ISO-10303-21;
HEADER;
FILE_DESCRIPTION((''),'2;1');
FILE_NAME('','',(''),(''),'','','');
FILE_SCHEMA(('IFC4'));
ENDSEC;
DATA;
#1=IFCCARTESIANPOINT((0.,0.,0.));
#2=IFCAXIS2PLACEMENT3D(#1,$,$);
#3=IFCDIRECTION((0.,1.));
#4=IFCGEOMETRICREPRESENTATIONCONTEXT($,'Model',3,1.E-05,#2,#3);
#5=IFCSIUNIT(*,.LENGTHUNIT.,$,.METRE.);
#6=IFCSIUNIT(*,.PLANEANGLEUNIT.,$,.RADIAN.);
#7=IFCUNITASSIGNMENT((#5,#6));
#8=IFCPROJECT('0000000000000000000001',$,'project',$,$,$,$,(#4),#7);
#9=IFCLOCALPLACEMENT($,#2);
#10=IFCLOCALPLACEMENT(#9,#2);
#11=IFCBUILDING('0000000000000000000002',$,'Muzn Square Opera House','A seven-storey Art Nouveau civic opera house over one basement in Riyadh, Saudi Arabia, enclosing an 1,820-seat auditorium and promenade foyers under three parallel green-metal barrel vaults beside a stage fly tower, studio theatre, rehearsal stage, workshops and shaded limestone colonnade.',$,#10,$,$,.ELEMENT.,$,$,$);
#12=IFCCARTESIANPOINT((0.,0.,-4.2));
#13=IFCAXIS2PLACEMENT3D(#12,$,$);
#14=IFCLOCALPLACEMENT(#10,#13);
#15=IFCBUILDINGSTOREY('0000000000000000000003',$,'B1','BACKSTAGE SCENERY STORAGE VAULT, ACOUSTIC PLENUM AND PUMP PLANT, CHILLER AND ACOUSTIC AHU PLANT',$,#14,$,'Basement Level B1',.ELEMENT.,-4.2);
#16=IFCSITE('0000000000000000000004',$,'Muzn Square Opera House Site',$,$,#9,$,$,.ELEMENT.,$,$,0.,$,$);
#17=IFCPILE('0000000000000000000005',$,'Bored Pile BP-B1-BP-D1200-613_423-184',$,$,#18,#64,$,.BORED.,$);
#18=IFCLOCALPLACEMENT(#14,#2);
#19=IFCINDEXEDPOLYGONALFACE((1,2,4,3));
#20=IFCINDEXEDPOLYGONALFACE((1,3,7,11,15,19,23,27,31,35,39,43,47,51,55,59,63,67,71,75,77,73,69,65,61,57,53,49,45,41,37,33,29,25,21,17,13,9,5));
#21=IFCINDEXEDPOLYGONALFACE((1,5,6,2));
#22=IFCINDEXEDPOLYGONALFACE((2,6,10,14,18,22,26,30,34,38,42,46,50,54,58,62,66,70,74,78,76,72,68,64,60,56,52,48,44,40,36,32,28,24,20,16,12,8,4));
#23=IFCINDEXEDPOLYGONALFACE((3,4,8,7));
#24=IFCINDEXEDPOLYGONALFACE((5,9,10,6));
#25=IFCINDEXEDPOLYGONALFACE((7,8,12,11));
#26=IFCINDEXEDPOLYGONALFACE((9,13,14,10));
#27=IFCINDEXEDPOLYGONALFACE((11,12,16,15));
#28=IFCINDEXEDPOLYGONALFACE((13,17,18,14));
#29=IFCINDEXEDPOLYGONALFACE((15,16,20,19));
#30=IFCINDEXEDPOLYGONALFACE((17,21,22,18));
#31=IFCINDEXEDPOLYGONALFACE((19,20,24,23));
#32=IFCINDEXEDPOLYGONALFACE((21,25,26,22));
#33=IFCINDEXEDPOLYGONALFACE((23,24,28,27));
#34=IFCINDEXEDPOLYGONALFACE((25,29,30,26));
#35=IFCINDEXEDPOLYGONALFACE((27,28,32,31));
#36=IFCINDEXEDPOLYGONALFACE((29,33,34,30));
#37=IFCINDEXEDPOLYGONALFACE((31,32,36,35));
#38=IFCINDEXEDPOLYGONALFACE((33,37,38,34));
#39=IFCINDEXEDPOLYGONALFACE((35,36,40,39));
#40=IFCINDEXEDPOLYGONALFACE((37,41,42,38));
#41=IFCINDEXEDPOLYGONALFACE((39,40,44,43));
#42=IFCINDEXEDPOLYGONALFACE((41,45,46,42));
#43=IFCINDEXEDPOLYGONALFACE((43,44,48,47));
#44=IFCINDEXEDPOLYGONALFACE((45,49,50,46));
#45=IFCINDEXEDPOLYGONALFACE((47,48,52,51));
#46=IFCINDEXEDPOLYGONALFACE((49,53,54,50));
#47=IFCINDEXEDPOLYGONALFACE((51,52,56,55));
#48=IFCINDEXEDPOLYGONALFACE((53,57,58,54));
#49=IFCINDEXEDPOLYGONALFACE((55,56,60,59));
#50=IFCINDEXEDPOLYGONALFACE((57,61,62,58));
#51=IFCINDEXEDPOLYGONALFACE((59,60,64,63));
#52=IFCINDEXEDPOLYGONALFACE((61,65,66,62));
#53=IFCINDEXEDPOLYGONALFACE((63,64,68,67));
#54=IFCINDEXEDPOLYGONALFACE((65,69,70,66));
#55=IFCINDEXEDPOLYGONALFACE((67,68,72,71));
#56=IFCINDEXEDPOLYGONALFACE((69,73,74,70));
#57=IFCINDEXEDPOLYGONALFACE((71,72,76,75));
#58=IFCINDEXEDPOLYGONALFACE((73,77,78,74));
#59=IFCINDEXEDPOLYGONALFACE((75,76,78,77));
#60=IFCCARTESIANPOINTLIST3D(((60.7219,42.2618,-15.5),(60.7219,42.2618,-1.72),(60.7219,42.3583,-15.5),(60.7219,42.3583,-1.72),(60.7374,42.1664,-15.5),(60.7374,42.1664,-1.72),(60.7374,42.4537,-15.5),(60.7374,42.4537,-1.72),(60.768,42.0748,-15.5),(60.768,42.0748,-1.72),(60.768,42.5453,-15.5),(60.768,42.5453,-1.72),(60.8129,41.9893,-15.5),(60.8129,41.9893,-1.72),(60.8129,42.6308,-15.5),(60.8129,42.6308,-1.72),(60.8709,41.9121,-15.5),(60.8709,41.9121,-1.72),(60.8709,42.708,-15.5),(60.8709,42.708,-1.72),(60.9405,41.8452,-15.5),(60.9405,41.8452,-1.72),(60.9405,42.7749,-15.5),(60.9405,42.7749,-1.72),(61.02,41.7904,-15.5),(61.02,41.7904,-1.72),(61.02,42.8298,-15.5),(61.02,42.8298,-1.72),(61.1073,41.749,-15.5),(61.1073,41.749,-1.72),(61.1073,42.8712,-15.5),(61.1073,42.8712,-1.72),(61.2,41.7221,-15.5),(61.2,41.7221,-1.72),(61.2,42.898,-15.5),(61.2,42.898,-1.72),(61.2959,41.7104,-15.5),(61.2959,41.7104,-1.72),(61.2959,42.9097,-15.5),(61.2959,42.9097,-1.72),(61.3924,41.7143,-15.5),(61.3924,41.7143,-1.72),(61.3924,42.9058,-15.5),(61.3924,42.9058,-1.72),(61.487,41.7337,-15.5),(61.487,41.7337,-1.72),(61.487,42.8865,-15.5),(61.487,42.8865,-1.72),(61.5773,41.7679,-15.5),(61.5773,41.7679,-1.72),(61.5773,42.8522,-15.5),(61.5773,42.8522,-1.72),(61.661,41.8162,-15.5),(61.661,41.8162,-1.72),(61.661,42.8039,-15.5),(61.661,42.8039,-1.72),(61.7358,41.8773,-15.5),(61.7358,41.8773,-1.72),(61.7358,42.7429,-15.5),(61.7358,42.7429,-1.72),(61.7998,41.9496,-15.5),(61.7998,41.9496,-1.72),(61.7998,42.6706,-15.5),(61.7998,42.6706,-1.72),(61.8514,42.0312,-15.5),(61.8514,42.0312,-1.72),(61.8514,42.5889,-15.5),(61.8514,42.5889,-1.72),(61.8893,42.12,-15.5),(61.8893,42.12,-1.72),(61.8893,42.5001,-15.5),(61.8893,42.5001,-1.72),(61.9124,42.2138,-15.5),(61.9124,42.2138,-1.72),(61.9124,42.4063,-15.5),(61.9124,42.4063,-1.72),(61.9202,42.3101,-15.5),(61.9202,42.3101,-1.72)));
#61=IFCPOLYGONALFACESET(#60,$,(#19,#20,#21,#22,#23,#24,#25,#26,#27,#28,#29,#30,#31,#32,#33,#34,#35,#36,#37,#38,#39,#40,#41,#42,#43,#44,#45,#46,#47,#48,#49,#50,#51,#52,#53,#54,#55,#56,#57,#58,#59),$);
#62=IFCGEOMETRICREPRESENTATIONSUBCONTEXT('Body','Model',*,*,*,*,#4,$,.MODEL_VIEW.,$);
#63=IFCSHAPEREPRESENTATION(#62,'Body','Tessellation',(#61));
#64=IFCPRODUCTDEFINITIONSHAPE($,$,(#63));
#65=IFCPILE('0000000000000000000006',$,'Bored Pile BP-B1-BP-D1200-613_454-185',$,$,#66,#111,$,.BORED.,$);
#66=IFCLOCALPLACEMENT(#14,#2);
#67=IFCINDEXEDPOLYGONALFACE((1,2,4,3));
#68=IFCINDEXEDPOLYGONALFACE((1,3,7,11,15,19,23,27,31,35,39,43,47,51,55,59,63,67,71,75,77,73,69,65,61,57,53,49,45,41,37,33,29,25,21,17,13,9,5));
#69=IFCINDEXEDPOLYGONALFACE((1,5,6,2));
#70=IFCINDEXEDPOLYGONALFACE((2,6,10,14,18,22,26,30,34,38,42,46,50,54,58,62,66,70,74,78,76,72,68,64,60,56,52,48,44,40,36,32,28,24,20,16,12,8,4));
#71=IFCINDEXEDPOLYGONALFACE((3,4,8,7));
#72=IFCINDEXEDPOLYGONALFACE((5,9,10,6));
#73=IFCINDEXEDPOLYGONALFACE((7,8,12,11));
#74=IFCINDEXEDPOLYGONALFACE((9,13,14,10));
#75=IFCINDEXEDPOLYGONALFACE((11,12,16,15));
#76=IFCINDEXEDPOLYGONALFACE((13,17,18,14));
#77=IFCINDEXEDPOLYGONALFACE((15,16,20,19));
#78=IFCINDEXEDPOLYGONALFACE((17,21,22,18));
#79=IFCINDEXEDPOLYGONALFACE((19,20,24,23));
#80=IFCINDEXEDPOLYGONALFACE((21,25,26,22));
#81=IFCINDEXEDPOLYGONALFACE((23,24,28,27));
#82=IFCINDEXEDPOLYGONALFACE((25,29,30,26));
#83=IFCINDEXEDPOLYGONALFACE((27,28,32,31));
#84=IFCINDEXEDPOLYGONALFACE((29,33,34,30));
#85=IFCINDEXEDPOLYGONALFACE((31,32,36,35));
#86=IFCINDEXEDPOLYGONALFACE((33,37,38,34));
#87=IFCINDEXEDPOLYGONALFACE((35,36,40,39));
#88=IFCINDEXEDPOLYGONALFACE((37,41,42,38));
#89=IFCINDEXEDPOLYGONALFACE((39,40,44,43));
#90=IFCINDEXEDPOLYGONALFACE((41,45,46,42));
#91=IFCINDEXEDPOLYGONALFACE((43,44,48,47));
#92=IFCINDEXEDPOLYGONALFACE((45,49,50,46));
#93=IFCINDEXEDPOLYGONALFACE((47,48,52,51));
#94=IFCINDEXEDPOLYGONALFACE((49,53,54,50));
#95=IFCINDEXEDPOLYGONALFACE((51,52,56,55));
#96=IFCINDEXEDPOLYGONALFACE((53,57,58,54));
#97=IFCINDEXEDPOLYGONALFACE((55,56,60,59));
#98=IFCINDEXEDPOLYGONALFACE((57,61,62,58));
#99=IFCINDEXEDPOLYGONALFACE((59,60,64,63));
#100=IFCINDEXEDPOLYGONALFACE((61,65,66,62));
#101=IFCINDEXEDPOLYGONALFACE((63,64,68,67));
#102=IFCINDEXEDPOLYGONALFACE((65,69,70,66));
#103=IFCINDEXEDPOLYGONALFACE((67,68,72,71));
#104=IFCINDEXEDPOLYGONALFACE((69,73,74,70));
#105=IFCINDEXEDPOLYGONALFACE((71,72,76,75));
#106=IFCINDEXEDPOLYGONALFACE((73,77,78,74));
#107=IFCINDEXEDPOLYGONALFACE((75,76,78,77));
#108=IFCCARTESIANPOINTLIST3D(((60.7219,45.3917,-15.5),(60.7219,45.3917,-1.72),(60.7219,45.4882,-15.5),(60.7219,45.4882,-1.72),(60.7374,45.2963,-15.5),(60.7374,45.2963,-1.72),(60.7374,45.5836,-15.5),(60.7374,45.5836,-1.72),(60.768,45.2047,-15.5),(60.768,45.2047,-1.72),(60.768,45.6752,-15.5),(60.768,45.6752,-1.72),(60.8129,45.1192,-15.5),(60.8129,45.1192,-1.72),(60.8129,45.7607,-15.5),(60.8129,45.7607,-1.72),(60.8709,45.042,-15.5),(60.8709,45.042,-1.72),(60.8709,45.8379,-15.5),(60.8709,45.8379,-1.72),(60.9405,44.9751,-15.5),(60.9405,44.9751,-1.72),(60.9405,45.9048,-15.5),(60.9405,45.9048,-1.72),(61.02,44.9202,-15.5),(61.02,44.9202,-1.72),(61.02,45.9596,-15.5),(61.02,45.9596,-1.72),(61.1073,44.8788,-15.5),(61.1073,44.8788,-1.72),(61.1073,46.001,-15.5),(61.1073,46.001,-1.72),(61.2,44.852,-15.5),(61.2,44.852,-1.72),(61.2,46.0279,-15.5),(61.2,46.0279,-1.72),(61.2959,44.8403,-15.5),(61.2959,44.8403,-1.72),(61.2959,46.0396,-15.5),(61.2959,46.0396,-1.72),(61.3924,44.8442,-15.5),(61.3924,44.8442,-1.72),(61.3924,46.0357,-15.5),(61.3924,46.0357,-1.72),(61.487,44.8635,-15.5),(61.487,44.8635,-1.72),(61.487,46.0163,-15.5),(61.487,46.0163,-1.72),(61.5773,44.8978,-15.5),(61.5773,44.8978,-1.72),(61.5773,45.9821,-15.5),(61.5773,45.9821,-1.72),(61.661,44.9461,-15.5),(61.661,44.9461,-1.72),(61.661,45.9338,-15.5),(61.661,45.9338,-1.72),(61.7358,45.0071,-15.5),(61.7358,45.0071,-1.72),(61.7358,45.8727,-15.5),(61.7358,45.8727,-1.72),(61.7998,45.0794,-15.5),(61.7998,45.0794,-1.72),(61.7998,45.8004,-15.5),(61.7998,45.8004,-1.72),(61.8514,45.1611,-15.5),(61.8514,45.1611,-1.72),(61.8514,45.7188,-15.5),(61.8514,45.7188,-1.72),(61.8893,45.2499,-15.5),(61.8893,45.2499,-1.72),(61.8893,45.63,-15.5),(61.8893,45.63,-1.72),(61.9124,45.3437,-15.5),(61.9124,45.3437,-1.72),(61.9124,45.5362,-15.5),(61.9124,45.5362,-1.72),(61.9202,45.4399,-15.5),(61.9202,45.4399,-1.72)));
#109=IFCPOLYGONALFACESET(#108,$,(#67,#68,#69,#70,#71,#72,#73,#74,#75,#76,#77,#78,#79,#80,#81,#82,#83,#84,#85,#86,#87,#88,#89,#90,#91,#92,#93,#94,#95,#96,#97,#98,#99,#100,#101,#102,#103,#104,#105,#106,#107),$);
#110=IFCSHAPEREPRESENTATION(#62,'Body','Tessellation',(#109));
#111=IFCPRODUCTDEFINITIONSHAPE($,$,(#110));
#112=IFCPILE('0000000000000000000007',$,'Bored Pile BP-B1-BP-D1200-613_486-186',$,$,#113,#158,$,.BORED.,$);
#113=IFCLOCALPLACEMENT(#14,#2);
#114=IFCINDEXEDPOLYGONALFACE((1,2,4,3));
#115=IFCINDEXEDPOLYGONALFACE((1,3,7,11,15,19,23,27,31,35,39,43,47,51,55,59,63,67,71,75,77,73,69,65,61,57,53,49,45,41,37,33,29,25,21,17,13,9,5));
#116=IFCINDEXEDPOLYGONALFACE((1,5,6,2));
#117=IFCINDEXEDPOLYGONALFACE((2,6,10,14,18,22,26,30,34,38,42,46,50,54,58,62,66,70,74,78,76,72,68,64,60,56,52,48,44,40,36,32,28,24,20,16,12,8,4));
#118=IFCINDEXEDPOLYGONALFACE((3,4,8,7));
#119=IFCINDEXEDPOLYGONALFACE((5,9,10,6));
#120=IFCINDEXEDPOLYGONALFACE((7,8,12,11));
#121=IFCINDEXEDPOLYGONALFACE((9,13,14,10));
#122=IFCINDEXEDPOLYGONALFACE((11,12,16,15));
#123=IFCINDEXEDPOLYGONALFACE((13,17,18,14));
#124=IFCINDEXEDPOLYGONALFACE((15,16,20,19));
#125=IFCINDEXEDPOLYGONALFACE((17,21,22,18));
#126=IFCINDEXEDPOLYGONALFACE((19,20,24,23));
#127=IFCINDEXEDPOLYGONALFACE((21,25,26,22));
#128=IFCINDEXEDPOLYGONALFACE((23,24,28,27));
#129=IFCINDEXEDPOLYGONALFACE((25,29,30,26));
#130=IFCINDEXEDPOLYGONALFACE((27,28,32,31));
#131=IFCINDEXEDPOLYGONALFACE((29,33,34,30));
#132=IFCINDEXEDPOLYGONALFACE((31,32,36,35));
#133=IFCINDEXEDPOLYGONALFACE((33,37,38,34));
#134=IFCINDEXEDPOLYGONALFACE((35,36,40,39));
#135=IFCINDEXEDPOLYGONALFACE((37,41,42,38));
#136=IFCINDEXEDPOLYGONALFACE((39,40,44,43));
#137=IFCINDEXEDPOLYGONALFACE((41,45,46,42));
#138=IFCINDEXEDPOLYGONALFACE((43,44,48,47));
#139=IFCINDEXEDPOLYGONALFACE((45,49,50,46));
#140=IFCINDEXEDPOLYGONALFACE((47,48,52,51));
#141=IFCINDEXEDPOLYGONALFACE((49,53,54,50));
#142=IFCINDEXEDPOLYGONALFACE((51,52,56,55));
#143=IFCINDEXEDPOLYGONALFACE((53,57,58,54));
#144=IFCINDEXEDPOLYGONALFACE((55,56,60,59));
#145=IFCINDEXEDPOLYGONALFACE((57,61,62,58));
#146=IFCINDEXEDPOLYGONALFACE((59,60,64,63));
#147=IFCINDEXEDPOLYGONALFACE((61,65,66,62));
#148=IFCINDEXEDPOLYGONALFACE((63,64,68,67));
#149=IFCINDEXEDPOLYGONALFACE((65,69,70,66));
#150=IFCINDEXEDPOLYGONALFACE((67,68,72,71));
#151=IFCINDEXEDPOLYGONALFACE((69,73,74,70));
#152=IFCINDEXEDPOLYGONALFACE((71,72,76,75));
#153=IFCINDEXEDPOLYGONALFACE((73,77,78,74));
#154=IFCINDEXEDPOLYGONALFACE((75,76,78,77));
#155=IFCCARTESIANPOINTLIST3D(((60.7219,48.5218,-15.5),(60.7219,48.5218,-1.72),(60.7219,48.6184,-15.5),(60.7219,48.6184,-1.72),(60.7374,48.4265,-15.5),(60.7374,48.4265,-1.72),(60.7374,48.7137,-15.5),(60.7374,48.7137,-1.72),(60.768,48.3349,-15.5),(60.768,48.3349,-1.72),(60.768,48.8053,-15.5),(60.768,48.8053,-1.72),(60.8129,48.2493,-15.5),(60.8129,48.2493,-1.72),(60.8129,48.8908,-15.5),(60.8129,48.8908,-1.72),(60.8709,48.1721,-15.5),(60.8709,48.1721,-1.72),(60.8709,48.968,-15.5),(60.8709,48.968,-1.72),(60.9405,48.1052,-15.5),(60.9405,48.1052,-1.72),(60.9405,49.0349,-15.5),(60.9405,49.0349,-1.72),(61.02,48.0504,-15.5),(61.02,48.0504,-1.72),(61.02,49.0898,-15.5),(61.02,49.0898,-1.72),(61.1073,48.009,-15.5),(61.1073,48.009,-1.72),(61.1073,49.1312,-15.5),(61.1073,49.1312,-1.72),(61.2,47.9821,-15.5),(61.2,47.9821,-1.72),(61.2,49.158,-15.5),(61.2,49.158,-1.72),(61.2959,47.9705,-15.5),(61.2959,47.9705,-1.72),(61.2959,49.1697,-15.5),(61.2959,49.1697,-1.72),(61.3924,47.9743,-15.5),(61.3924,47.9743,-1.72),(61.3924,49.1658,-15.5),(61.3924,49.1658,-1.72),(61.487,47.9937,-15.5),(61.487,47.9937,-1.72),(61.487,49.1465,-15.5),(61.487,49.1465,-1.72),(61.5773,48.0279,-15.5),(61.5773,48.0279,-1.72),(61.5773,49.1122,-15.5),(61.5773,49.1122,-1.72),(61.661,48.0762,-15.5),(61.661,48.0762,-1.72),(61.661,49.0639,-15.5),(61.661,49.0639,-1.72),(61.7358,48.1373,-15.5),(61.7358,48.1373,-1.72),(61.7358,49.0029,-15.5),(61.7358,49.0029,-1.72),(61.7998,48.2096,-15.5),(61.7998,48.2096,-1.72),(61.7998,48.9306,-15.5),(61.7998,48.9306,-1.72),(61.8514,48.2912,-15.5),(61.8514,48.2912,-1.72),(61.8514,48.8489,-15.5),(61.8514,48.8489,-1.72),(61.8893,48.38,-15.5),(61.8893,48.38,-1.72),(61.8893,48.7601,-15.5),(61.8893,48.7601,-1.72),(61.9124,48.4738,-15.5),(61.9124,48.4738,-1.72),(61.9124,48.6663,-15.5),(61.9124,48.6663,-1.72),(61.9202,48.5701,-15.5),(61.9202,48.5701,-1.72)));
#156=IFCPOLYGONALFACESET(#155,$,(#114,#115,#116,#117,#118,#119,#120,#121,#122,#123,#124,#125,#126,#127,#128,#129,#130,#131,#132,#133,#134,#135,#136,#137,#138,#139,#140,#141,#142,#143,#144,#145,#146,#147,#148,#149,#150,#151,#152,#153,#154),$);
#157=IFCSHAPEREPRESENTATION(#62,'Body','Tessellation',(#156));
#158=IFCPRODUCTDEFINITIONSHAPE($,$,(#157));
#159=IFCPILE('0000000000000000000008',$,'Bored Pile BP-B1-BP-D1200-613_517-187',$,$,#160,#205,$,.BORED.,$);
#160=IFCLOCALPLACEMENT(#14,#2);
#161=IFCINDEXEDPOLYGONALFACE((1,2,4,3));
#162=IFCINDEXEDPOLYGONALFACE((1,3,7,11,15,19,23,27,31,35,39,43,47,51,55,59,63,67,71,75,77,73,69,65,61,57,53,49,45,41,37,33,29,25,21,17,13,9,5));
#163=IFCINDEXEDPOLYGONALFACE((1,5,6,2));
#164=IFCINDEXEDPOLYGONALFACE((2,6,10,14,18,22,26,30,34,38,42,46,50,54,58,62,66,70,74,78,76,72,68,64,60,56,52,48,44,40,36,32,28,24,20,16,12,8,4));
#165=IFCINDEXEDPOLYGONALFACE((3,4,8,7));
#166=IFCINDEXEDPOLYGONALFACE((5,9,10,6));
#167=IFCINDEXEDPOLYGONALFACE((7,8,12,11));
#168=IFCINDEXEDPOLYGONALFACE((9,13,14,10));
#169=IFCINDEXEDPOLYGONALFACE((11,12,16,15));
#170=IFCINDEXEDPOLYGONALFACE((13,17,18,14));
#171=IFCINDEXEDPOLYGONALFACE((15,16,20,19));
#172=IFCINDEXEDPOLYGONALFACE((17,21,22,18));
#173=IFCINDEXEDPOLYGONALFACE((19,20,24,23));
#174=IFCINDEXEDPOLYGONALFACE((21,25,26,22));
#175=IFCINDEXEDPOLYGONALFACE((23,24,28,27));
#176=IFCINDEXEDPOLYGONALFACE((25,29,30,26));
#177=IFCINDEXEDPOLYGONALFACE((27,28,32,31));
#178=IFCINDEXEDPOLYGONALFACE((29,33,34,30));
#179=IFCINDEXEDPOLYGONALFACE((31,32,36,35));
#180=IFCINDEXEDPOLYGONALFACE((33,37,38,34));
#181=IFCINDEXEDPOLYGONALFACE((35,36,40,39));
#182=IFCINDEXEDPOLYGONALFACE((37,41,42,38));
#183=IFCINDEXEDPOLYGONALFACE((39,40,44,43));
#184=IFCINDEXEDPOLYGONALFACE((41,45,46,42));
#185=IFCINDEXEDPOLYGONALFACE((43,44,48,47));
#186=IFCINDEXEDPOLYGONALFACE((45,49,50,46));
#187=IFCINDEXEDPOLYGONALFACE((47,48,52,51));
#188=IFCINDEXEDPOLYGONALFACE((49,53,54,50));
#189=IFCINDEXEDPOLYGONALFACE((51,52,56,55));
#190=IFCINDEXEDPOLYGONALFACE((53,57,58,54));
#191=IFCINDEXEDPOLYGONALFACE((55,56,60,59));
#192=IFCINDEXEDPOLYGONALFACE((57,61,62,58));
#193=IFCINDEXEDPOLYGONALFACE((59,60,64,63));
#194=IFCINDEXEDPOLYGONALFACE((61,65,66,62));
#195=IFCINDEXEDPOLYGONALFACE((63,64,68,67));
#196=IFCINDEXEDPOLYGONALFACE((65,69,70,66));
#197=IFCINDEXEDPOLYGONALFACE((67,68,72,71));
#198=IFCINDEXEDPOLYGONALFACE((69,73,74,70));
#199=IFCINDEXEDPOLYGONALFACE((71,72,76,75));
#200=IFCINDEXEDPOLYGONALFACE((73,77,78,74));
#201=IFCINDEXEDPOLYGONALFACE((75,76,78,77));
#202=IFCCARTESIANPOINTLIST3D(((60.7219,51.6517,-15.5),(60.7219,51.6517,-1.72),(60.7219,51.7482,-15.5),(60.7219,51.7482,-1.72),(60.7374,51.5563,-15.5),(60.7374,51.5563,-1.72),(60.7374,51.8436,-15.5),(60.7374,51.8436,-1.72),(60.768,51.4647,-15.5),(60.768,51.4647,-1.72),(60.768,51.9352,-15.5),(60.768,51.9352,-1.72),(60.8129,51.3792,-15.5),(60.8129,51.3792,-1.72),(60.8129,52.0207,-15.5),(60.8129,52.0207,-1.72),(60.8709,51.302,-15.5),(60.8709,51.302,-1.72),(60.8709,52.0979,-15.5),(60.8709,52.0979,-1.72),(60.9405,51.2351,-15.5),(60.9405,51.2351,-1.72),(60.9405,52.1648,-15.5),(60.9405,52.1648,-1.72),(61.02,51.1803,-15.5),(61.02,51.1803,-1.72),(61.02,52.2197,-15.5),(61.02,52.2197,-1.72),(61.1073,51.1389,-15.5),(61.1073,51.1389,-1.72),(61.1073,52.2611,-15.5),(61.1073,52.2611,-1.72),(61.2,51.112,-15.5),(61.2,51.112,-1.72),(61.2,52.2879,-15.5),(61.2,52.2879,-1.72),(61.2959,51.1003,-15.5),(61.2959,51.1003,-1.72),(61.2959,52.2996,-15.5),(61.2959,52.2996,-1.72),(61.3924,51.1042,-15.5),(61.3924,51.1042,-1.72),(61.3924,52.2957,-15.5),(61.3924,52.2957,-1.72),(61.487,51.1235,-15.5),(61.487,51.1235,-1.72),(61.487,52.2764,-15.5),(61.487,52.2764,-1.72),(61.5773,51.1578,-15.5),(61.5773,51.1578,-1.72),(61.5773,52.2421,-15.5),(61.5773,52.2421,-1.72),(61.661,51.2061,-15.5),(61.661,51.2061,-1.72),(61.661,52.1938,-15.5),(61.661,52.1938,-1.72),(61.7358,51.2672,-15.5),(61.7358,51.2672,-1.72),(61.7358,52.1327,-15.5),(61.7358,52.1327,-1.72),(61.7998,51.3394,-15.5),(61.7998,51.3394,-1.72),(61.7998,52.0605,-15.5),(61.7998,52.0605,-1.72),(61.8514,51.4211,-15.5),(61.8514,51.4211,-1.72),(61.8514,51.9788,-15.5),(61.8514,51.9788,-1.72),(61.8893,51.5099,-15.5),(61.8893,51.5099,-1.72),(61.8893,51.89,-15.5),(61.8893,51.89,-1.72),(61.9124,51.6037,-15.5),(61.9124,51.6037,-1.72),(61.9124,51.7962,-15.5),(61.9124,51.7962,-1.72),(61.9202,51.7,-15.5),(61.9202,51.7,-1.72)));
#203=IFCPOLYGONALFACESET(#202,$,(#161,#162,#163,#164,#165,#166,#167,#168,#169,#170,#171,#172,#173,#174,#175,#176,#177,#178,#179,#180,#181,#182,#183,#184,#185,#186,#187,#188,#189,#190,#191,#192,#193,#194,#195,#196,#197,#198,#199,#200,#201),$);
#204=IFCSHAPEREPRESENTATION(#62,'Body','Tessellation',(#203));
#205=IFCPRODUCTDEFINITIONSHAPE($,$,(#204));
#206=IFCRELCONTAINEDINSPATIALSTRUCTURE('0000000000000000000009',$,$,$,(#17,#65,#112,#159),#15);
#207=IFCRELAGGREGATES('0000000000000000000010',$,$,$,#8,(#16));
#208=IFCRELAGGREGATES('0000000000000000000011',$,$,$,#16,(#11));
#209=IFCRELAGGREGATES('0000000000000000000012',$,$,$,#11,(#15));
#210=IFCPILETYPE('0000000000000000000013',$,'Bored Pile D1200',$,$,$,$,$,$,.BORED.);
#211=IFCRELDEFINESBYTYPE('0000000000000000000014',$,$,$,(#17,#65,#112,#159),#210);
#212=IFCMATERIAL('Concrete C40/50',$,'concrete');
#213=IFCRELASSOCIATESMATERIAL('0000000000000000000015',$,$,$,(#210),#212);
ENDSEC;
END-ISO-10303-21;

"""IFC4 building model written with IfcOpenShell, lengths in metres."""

from ifc_helpers import new_model, si_unit, direction, frame, origin, origin_2d, place, context, subcontext, project, spatial, circle, extrude, material, material_profile, profile_set, type_object, element, save


model = new_model("IFC4")

# Units and contexts
model_context = context("Model", 3, precision=1e-05, world=origin(), true_north=direction((0.0, 1.0)))
body_context = subcontext(model_context, "Body", "Model", "MODEL_VIEW")
ifc_project = project(units=[si_unit("LENGTHUNIT", "METRE"), si_unit("PLANEANGLEUNIT", "RADIAN")], contexts=[model_context])

# Site, building, storey
site_placement = place(None, origin())
site = spatial("IfcSite", under=ifc_project, at=site_placement, Name="Muzn Square Opera House Site", CompositionType="ELEMENT", RefElevation=0.0)
building_placement = place(site_placement, origin())
building = spatial("IfcBuilding", under=site, at=building_placement, Name="Muzn Square Opera House", Description="A seven-storey Art Nouveau civic opera house over one basement in Riyadh, Saudi Arabia, enclosing an 1,820-seat auditorium and promenade foyers under three parallel green-metal barrel vaults beside a stage fly tower, studio theatre, rehearsal stage, workshops and shaded limestone colonnade.", CompositionType="ELEMENT")
storey_placement = place(building_placement, frame((0.0, 0.0, -4.2)))
storey = spatial("IfcBuildingStorey", under=building, at=storey_placement, Name="B1", Description="BACKSTAGE SCENERY STORAGE VAULT, ACOUSTIC PLENUM AND PUMP PLANT, CHILLER AND ACOUSTIC AHU PLANT", LongName="Basement Level B1", CompositionType="ELEMENT", Elevation=-4.2)

# Piles
ifc_material_1 = material(Name="Concrete C40/50", Category="concrete")
ifc_material_profile = material_profile(ifc_material_1, circle(Radius=0.6001, at=origin_2d()), Name="BORED PILE D1200", Category="concrete")
ifc_profile_set = profile_set([ifc_material_profile], Name="Concrete C40/50")
pile_type = type_object("IfcPileType", Name="Bored Pile D1200", PredefinedType="BORED", material=ifc_profile_set)
for number, where, z_axis, x_axis, name in (
    (1, (61.3201, 42.3101, -1.72), (0.0, 0.0, -1.0), (1.0, 0.0, 0.0), "Bored Pile BP-B1-BP-D1200-613_423-184"),
    (2, (61.3201, 45.4399, -1.72), (0.0, 0.0, -1.0), (1.0, 0.0, 0.0), "Bored Pile BP-B1-BP-D1200-613_454-185"),
    (3, (61.3201, 48.5701, -1.72), (0.0, 0.0, -1.0), (1.0, 0.0, 0.0), "Bored Pile BP-B1-BP-D1200-613_486-186"),
    (4, (61.3201, 51.7, -1.72), (0.0, 0.0, -1.0), (1.0, 0.0, 0.0), "Bored Pile BP-B1-BP-D1200-613_517-187"),
):
    element("IfcPile", number, at=place(storey_placement, frame(where, z_axis=z_axis, x_axis=x_axis)), inside=storey, type_object=pile_type, Name=name, PredefinedType="BORED", context=body_context, shape_type="SweptSolid", body=[
        extrude(circle(Radius=0.6001, at=origin_2d()), origin(), (0.0, 0.0, 1.0), 13.78),
    ])

save(model, "model.ifc")
